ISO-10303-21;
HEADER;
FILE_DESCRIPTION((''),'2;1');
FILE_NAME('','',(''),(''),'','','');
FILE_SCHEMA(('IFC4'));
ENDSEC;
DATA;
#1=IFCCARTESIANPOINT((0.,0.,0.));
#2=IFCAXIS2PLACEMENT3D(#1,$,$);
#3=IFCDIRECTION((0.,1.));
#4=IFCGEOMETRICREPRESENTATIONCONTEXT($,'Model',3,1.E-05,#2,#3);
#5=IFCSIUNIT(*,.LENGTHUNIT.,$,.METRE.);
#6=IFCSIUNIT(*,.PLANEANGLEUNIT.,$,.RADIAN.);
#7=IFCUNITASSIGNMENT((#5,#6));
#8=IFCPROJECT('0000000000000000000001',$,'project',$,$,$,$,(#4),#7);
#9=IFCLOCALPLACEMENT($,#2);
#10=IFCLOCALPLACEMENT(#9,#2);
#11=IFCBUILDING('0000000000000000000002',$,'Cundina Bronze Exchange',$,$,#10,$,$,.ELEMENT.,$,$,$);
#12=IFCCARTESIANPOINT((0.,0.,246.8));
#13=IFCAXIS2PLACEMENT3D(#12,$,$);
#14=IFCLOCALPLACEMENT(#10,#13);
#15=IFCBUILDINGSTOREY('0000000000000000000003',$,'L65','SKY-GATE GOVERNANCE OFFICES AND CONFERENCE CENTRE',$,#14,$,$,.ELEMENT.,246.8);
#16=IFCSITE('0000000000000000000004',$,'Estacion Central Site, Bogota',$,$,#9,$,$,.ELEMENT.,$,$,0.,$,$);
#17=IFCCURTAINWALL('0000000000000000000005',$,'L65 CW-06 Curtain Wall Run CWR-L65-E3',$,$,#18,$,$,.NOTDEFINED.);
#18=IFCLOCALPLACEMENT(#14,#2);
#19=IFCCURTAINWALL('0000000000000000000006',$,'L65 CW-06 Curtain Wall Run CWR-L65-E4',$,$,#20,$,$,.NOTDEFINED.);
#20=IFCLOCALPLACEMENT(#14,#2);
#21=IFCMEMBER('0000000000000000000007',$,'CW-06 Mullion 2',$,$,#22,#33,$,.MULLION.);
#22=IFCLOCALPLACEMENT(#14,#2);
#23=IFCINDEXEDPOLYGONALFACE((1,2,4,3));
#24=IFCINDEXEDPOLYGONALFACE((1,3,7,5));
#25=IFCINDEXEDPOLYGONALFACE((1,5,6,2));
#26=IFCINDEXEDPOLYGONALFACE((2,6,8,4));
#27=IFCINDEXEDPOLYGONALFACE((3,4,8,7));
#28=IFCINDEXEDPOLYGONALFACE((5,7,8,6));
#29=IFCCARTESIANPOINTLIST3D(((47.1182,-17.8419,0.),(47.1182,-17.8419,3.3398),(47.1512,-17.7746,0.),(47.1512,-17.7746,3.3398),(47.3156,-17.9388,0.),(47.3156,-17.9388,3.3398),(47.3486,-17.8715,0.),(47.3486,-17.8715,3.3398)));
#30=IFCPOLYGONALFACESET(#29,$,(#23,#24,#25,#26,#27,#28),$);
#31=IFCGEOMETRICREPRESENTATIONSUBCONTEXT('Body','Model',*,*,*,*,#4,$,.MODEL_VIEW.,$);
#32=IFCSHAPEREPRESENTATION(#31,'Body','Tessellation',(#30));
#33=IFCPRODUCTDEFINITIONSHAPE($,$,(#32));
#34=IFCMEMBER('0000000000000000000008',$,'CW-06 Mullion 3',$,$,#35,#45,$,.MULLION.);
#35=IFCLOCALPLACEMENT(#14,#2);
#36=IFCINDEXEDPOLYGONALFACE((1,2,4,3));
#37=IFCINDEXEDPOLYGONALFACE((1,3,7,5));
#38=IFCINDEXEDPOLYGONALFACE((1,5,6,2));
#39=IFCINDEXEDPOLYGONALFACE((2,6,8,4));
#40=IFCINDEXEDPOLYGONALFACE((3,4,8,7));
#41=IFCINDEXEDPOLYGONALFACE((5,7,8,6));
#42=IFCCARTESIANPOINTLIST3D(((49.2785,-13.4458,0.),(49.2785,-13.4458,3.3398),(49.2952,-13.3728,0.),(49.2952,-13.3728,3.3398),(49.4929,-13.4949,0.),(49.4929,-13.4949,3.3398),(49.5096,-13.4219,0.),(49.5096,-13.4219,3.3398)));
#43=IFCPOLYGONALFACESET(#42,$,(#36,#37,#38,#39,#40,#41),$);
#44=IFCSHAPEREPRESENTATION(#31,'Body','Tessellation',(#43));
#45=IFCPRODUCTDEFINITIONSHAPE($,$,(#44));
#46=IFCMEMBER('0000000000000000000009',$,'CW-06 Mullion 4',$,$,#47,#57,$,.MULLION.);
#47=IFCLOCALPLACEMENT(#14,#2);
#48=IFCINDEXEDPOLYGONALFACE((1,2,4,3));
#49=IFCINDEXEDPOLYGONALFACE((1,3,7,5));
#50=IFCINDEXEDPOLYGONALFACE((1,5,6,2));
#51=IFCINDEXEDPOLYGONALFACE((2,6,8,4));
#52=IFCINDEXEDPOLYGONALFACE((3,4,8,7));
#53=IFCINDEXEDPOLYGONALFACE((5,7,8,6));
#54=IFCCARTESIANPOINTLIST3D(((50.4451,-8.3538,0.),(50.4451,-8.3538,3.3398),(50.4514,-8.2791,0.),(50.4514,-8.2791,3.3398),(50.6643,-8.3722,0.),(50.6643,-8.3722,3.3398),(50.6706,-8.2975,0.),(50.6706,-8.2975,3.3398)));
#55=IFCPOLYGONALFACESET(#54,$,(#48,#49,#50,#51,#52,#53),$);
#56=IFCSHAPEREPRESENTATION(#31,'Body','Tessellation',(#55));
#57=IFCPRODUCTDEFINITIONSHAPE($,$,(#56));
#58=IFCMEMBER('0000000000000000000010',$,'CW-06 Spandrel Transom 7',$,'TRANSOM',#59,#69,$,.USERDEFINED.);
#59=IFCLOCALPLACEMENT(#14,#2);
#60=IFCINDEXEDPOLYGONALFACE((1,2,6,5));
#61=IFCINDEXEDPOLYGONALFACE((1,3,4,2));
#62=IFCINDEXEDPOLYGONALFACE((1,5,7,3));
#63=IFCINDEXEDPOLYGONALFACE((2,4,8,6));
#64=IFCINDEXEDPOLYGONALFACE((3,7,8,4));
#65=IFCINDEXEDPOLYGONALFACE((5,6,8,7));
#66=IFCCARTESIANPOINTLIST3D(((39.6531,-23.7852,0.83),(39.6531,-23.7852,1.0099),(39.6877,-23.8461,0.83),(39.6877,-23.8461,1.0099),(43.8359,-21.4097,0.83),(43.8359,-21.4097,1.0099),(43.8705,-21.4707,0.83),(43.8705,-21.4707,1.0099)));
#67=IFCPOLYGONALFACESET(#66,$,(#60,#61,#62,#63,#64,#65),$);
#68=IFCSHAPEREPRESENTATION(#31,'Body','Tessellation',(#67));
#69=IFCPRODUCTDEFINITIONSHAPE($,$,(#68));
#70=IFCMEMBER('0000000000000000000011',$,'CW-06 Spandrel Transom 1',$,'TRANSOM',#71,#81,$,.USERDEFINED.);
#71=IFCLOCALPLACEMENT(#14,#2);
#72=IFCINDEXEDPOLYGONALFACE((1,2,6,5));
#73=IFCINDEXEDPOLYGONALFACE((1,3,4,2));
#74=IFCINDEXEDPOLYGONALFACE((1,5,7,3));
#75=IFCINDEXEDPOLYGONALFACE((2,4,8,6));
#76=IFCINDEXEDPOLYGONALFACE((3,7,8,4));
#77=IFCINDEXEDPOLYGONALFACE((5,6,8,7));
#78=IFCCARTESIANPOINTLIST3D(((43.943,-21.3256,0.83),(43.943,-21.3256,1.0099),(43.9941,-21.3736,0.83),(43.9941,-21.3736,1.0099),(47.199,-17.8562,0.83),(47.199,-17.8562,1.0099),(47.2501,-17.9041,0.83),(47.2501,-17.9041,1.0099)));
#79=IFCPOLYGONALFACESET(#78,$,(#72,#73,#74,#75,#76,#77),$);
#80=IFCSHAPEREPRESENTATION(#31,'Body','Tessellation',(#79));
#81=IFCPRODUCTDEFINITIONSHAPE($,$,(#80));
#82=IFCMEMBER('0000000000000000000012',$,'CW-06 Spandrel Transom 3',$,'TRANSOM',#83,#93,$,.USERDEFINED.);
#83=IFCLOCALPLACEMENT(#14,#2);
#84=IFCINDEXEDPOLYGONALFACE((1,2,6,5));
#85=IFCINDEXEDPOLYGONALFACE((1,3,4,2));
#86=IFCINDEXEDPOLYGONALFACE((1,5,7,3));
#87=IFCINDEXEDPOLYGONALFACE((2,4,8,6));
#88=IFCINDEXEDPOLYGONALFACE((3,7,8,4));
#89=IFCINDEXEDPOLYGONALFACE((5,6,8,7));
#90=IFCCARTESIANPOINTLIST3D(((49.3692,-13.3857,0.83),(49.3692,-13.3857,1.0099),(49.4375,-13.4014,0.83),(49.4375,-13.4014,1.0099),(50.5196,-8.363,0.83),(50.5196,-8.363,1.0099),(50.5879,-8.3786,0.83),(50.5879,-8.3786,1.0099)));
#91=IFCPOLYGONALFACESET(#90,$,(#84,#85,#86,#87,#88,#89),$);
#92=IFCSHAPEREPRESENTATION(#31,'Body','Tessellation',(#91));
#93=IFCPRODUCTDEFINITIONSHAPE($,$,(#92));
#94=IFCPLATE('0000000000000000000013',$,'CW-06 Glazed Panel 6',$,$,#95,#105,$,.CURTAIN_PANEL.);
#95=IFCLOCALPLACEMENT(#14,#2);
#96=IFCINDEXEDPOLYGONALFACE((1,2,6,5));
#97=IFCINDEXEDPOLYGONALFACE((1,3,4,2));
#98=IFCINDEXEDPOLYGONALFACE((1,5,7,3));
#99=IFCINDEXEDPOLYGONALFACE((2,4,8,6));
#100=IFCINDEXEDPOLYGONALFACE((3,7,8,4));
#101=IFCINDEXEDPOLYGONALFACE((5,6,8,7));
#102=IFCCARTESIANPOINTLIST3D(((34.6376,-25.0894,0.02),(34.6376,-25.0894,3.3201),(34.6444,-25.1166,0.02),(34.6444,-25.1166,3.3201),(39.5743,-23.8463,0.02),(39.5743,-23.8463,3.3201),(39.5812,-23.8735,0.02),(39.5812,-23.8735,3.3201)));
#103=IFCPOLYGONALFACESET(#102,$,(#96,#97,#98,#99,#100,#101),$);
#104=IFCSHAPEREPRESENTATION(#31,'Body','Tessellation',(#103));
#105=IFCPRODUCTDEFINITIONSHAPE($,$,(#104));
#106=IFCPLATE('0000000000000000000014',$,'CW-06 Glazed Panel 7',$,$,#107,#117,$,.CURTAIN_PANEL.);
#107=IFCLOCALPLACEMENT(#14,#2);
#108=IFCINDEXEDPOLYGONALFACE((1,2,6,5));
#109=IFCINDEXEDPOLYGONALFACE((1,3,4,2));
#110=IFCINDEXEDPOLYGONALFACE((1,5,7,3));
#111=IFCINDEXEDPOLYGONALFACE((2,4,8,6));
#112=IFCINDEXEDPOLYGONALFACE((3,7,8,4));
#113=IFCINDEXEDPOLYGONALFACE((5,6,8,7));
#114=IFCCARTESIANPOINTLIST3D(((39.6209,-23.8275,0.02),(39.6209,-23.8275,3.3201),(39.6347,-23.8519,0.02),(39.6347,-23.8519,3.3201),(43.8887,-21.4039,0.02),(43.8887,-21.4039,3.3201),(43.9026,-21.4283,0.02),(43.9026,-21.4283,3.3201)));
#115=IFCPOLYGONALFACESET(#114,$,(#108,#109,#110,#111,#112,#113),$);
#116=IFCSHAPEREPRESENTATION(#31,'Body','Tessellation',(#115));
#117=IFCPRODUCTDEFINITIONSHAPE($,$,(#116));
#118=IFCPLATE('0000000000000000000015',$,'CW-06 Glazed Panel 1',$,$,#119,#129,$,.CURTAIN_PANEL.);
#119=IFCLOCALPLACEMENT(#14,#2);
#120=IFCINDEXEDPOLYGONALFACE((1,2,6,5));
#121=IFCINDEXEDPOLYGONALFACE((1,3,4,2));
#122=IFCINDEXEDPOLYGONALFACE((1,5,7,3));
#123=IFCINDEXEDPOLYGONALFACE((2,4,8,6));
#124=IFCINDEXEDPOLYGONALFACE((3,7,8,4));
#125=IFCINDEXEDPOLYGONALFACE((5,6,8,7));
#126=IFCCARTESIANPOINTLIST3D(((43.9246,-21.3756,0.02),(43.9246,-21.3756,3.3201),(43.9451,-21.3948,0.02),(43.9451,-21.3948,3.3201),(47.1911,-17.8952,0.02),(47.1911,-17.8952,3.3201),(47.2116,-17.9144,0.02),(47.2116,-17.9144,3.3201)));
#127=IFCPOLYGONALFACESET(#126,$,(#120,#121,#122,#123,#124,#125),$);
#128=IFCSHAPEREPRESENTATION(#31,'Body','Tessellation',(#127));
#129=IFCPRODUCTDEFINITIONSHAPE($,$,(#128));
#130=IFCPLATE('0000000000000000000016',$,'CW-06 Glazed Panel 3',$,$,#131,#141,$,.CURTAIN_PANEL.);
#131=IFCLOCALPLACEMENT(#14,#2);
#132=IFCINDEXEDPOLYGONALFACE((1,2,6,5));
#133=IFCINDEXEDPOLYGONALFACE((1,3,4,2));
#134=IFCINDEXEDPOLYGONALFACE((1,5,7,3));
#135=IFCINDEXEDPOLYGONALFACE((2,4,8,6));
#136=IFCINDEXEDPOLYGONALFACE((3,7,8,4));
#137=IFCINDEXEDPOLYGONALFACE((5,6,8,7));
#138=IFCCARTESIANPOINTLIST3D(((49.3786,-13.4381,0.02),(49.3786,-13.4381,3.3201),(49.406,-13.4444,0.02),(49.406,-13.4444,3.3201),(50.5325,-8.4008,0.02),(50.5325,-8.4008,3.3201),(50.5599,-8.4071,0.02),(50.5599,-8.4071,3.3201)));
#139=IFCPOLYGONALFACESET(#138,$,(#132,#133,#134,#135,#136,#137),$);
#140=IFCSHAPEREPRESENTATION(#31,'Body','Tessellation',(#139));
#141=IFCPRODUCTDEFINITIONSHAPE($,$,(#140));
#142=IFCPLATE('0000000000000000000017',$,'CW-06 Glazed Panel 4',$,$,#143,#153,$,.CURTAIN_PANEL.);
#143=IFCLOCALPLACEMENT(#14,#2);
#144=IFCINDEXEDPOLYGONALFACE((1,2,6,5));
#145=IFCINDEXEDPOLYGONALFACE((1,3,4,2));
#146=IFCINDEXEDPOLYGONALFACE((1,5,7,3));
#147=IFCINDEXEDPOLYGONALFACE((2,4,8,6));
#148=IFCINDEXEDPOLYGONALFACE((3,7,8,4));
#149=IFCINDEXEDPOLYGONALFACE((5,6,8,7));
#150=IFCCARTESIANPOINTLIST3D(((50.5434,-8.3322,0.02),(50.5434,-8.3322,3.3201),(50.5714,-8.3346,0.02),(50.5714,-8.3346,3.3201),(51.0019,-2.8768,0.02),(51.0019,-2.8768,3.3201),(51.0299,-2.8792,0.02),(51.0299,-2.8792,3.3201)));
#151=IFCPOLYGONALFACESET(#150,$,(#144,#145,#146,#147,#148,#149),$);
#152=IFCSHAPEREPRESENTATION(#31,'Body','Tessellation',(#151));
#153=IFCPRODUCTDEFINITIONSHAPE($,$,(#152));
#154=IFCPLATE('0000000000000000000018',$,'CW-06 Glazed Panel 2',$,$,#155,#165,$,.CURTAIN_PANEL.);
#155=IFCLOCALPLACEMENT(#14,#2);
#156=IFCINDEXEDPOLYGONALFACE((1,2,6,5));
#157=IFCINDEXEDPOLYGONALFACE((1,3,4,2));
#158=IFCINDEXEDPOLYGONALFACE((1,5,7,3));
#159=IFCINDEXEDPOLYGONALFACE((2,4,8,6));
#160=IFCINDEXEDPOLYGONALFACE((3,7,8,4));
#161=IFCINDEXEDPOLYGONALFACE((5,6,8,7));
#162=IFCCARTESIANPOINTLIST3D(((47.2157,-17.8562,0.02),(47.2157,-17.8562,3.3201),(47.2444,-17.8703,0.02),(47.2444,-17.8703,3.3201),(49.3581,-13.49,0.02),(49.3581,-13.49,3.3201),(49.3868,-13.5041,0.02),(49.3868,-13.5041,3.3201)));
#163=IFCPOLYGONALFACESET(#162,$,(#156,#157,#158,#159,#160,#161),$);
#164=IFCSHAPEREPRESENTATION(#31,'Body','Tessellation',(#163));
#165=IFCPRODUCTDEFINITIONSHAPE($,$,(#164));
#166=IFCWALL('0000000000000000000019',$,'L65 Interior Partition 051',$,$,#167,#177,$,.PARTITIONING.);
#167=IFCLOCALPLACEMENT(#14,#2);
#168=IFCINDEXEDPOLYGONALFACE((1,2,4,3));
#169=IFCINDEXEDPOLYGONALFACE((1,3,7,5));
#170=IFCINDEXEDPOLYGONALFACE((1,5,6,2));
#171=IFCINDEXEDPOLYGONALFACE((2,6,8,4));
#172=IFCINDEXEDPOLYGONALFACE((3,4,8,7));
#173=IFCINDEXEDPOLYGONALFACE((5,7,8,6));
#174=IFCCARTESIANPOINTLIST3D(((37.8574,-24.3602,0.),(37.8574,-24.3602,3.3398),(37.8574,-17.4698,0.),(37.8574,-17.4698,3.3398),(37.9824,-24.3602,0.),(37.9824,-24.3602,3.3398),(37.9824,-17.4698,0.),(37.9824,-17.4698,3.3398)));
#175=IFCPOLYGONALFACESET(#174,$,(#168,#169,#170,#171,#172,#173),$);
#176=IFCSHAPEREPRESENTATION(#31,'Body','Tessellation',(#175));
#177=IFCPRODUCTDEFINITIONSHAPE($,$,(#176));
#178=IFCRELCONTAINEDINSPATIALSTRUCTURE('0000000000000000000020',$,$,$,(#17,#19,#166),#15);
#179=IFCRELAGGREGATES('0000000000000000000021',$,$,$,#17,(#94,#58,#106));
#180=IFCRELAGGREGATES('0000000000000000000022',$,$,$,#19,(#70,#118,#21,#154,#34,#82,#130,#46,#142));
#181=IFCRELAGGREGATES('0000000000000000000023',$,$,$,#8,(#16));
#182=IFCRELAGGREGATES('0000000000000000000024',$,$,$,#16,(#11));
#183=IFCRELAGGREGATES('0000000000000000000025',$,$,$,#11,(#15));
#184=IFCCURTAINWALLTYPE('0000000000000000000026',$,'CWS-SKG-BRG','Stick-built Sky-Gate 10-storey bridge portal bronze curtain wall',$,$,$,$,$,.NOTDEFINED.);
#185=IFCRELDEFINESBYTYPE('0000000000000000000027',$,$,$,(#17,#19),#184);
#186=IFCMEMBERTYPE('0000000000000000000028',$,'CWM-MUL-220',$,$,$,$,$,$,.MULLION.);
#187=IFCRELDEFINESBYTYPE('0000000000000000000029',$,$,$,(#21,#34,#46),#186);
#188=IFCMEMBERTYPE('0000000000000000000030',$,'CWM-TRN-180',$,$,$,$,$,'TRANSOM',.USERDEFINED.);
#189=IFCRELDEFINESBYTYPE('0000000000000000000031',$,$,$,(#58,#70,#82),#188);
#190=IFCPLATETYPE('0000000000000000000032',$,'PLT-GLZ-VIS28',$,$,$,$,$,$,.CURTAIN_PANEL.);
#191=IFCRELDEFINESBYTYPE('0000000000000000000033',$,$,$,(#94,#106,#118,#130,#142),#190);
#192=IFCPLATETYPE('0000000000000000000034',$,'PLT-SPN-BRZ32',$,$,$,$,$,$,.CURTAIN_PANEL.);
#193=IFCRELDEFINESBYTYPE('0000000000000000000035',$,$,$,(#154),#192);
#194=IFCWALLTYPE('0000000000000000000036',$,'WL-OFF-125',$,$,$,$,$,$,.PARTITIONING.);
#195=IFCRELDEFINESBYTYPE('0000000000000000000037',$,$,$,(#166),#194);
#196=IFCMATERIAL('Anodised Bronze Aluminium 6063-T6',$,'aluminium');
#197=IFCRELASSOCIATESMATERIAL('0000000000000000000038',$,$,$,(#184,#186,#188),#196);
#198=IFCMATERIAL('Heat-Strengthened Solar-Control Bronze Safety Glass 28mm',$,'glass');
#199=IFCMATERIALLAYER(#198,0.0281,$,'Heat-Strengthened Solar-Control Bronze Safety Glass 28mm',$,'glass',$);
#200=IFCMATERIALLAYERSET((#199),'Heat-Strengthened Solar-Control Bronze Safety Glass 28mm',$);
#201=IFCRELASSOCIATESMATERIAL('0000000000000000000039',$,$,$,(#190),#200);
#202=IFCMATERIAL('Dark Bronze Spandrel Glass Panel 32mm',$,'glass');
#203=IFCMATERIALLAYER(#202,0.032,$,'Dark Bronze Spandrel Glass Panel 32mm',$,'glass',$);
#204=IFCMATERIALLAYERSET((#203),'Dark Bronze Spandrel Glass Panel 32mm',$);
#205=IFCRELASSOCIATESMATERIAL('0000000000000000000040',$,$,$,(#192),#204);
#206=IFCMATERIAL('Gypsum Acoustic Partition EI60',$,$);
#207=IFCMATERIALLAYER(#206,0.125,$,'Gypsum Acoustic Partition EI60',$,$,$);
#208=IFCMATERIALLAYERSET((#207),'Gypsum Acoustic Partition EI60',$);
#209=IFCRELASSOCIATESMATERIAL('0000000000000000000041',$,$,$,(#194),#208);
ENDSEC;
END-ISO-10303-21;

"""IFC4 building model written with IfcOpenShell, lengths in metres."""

from ifc_helpers import new_model, si_unit, direction, frame, frame_2d, origin, origin_2d, place, context, subcontext, project, spatial, rectangle, extrude, material, layer, layer_set, material_profile, profile_set, type_object, element, aggregate, save


model = new_model("IFC4")

# Units and contexts
model_context = context("Model", 3, precision=1e-05, world=origin(), true_north=direction((0.0, 1.0)))
body_context = subcontext(model_context, "Body", "Model", "MODEL_VIEW")
ifc_project = project(units=[si_unit("LENGTHUNIT", "METRE"), si_unit("PLANEANGLEUNIT", "RADIAN")], contexts=[model_context])

# Site, building, storey
site_placement = place(None, origin())
site = spatial("IfcSite", under=ifc_project, at=site_placement, Name="Estacion Central Site, Bogota", CompositionType="ELEMENT", RefElevation=0.0)
building_placement = place(site_placement, origin())
building = spatial("IfcBuilding", under=site, at=building_placement, Name="Cundina Bronze Exchange", CompositionType="ELEMENT")
storey_placement = place(building_placement, frame((0.0, 0.0, 246.8)))
storey = spatial("IfcBuildingStorey", under=building, at=storey_placement, Name="L65", Description="SKY-GATE GOVERNANCE OFFICES AND CONFERENCE CENTRE", CompositionType="ELEMENT", Elevation=246.8)

# Curtain walls, members
ifc_material_1 = material(Name="Anodised Bronze Aluminium 6063-T6", Category="aluminium")
curtain_wall_type = type_object("IfcCurtainWallType", Name="CWS-SKG-BRG", Description="Stick-built Sky-Gate 10-storey bridge portal bronze curtain wall", PredefinedType="NOTDEFINED", material=ifc_material_1)
curtain_wall_1_placement = place(storey_placement, origin())
curtain_wall_1 = element("IfcCurtainWall", 1, at=curtain_wall_1_placement, inside=storey, type_object=curtain_wall_type, Name="L65 CW-06 Curtain Wall Run CWR-L65-E3", PredefinedType="NOTDEFINED")
ifc_material_profile_1 = material_profile(ifc_material_1, rectangle(XDim=0.075, YDim=0.22, at=origin_2d()), Name="AL75X220", Category="aluminium")
ifc_profile_set_1 = profile_set([ifc_material_profile_1], Name="Anodised Bronze Aluminium 6063-T6")
member_type_1 = type_object("IfcMemberType", Name="CWM-MUL-220", PredefinedType="MULLION", material=ifc_profile_set_1)
curtain_wall_2_placement = place(storey_placement, origin())
curtain_wall_2 = element("IfcCurtainWall", 2, at=curtain_wall_2_placement, inside=storey, type_object=curtain_wall_type, Name="L65 CW-06 Curtain Wall Run CWR-L65-E4", PredefinedType="NOTDEFINED")
member_1_placement = place(storey_placement, frame((47.2334, -17.8567, 0.0), z_axis=(0.0, 0.0, 1.0), x_axis=(0.440566, 0.89772, 0.0)))
member_1 = element("IfcMember", 3, at=member_1_placement, type_object=member_type_1, Name="CW-06 Mullion 2", PredefinedType="MULLION", context=body_context, shape_type="SweptSolid", body=[
    extrude(rectangle(XDim=0.075, YDim=0.22, at=origin_2d()), origin(), (0.0, 0.0, 1.0), 3.3398),
])
member_2_placement = place(storey_placement, frame((49.394, -13.4338, 0.0), z_axis=(0.0, 0.0, 1.0), x_axis=(0.22325, 0.974761, 0.0)))
member_2 = element("IfcMember", 4, at=member_2_placement, type_object=member_type_1, Name="CW-06 Mullion 3", PredefinedType="MULLION", context=body_context, shape_type="SweptSolid", body=[
    extrude(rectangle(XDim=0.075, YDim=0.22, at=origin_2d()), origin(), (0.0, 0.0, 1.0), 3.3398),
])
member_3_placement = place(storey_placement, frame((50.5579, -8.3257, 0.0), z_axis=(0.0, 0.0, 1.0), x_axis=(0.083678, 0.996493, 0.0)))
member_3 = element("IfcMember", 5, at=member_3_placement, type_object=member_type_1, Name="CW-06 Mullion 4", PredefinedType="MULLION", context=body_context, shape_type="SweptSolid", body=[
    extrude(rectangle(XDim=0.075, YDim=0.22, at=origin_2d()), origin(), (0.0, 0.0, 1.0), 3.3398),
])

# Members
ifc_material_profile_2 = material_profile(ifc_material_1, rectangle(XDim=0.0701, YDim=0.1799, at=origin_2d()), Name="AL70X180", Category="aluminium")
ifc_profile_set_2 = profile_set([ifc_material_profile_2], Name="Anodised Bronze Aluminium 6063-T6")
member_type_2 = type_object("IfcMemberType", Name="CWM-TRN-180", ElementType="TRANSOM", PredefinedType="USERDEFINED", material=ifc_profile_set_2)
member_4_placement = place(storey_placement, frame((39.6704, -23.8157, 0.9199), z_axis=(0.869558, 0.493831, 0.0), x_axis=(-0.493831, 0.869558, 0.0)))
member_4 = element("IfcMember", 6, at=member_4_placement, type_object=member_type_2, Name="CW-06 Spandrel Transom 7", ObjectType="TRANSOM", PredefinedType="USERDEFINED", context=body_context, shape_type="SweptSolid", body=[
    extrude(rectangle(XDim=0.0701, YDim=0.1799, at=origin_2d()), origin(), (0.0, 0.0, 1.0), 4.8103),
])
member_5_placement = place(storey_placement, frame((43.9685, -21.3496, 0.9199), z_axis=(0.684328, 0.729174, 0.0), x_axis=(-0.729174, 0.684328, 0.0)))
member_5 = element("IfcMember", 7, at=member_5_placement, type_object=member_type_2, Name="CW-06 Spandrel Transom 1", ObjectType="TRANSOM", PredefinedType="USERDEFINED", context=body_context, shape_type="SweptSolid", body=[
    extrude(rectangle(XDim=0.0701, YDim=0.1799, at=origin_2d()), origin(), (0.0, 0.0, 1.0), 4.7581),
])
member_6_placement = place(storey_placement, frame((49.4033, -13.3936, 0.9199), z_axis=(0.223257, 0.97476, 0.0), x_axis=(-0.97476, 0.223257, 0.0)))
member_6 = element("IfcMember", 8, at=member_6_placement, type_object=member_type_2, Name="CW-06 Spandrel Transom 3", ObjectType="TRANSOM", PredefinedType="USERDEFINED", context=body_context, shape_type="SweptSolid", body=[
    extrude(rectangle(XDim=0.0701, YDim=0.1799, at=origin_2d()), origin(), (0.0, 0.0, 1.0), 5.1528),
])

# Plates
ifc_material_2 = material(Name="Heat-Strengthened Solar-Control Bronze Safety Glass 28mm", Category="glass")
ifc_layer_1 = layer(ifc_material_2, 0.0281, Name="Heat-Strengthened Solar-Control Bronze Safety Glass 28mm", Category="glass")
ifc_layer_set_1 = layer_set([ifc_layer_1], Name="Heat-Strengthened Solar-Control Bronze Safety Glass 28mm")
plate_type_1 = type_object("IfcPlateType", Name="PLT-GLZ-VIS28", PredefinedType="CURTAIN_PANEL", material=ifc_layer_set_1)
plate_1_placement = place(storey_placement, frame((37.1094, -24.4814, 0.02), z_axis=(0.0, 0.0, 1.0), x_axis=(0.969732, 0.244174, 0.0)))
plate_1 = element("IfcPlate", 9, at=plate_1_placement, type_object=plate_type_1, Name="CW-06 Glazed Panel 6", PredefinedType="CURTAIN_PANEL", context=body_context, shape_type="SweptSolid", body=[
    extrude(rectangle(XDim=5.0908, YDim=0.0281, at=origin_2d()), origin(), (0.0, 0.0, 1.0), 3.3),
])
plate_2_placement = place(storey_placement, frame((41.7617, -22.6279, 0.02), z_axis=(0.0, 0.0, 1.0), x_axis=(0.869573, 0.493805, 0.0)))
plate_2 = element("IfcPlate", 10, at=plate_2_placement, type_object=plate_type_1, Name="CW-06 Glazed Panel 7", PredefinedType="CURTAIN_PANEL", context=body_context, shape_type="SweptSolid", body=[
    extrude(rectangle(XDim=4.908, YDim=0.0281, at=origin_2d()), origin(), (0.0, 0.0, 1.0), 3.3),
])
aggregate(curtain_wall_1, [plate_1, member_4, plate_2])
plate_3_placement = place(storey_placement, frame((45.5681, -19.645, 0.02), z_axis=(0.0, 0.0, 1.0), x_axis=(0.684344, 0.72916, 0.0)))
plate_3 = element("IfcPlate", 11, at=plate_3_placement, type_object=plate_type_1, Name="CW-06 Glazed Panel 1", PredefinedType="CURTAIN_PANEL", context=body_context, shape_type="SweptSolid", body=[
    extrude(rectangle(XDim=4.7732, YDim=0.0281, at=origin_2d()), origin(), (0.0, 0.0, 1.0), 3.3),
])
plate_4_placement = place(storey_placement, frame((49.9692, -10.9226, 0.02), z_axis=(0.0, 0.0, 1.0), x_axis=(0.223284, 0.974753, 0.0)))
plate_4 = element("IfcPlate", 12, at=plate_4_placement, type_object=plate_type_1, Name="CW-06 Glazed Panel 3", PredefinedType="CURTAIN_PANEL", context=body_context, shape_type="SweptSolid", body=[
    extrude(rectangle(XDim=5.1677, YDim=0.0281, at=origin_2d()), origin(), (0.0, 0.0, 1.0), 3.3),
])
plate_5_placement = place(storey_placement, frame((50.7866, -5.6057, 0.02), z_axis=(0.0, 0.0, 1.0), x_axis=(0.083747, 0.996487, 0.0)))
plate_5 = element("IfcPlate", 13, at=plate_5_placement, type_object=plate_type_1, Name="CW-06 Glazed Panel 4", PredefinedType="CURTAIN_PANEL", context=body_context, shape_type="SweptSolid", body=[
    extrude(rectangle(XDim=5.4746, YDim=0.0281, at=origin_2d()), origin(), (0.0, 0.0, 1.0), 3.3),
])
ifc_material_3 = material(Name="Dark Bronze Spandrel Glass Panel 32mm", Category="glass")
ifc_layer_2 = layer(ifc_material_3, 0.032, Name="Dark Bronze Spandrel Glass Panel 32mm", Category="glass")
ifc_layer_set_2 = layer_set([ifc_layer_2], Name="Dark Bronze Spandrel Glass Panel 32mm")
plate_type_2 = type_object("IfcPlateType", Name="PLT-SPN-BRZ32", PredefinedType="CURTAIN_PANEL", material=ifc_layer_set_2)
plate_6_placement = place(storey_placement, frame((48.3013, -15.6802, 0.02), z_axis=(0.0, 0.0, 1.0), x_axis=(0.440503, 0.897751, 0.0)))
plate_6 = element("IfcPlate", 14, at=plate_6_placement, type_object=plate_type_2, Name="CW-06 Glazed Panel 2", PredefinedType="CURTAIN_PANEL", context=body_context, shape_type="SweptSolid", body=[
    extrude(rectangle(XDim=4.8635, YDim=0.032, at=origin_2d()), origin(), (0.0, 0.0, 1.0), 3.3),
])
aggregate(curtain_wall_2, [member_5, plate_3, member_1, plate_6, member_2, member_6, plate_4, member_3, plate_5])

# Wall
ifc_material_4 = material(Name="Gypsum Acoustic Partition EI60")
ifc_layer_3 = layer(ifc_material_4, 0.125, Name="Gypsum Acoustic Partition EI60")
ifc_layer_set_3 = layer_set([ifc_layer_3], Name="Gypsum Acoustic Partition EI60")
wall_type_1 = type_object("IfcWallType", Name="WL-OFF-125", PredefinedType="PARTITIONING", material=ifc_layer_set_3)
wall_1_placement = place(storey_placement, frame((37.9199, -24.3604, 0.0), z_axis=(0.0, 0.0, 1.0), x_axis=(0.0, 1.0, 0.0)))
element("IfcWall", 15, at=wall_1_placement, inside=storey, type_object=wall_type_1, Name="L65 Interior Partition 051", PredefinedType="PARTITIONING", context=body_context, shape_type="SweptSolid", body=[
    extrude(rectangle(XDim=6.8904, YDim=0.125, at=frame_2d((3.4453, 0.0))), origin(), (0.0, 0.0, 1.0), 3.3398),
])

save(model, "model.ifc")
